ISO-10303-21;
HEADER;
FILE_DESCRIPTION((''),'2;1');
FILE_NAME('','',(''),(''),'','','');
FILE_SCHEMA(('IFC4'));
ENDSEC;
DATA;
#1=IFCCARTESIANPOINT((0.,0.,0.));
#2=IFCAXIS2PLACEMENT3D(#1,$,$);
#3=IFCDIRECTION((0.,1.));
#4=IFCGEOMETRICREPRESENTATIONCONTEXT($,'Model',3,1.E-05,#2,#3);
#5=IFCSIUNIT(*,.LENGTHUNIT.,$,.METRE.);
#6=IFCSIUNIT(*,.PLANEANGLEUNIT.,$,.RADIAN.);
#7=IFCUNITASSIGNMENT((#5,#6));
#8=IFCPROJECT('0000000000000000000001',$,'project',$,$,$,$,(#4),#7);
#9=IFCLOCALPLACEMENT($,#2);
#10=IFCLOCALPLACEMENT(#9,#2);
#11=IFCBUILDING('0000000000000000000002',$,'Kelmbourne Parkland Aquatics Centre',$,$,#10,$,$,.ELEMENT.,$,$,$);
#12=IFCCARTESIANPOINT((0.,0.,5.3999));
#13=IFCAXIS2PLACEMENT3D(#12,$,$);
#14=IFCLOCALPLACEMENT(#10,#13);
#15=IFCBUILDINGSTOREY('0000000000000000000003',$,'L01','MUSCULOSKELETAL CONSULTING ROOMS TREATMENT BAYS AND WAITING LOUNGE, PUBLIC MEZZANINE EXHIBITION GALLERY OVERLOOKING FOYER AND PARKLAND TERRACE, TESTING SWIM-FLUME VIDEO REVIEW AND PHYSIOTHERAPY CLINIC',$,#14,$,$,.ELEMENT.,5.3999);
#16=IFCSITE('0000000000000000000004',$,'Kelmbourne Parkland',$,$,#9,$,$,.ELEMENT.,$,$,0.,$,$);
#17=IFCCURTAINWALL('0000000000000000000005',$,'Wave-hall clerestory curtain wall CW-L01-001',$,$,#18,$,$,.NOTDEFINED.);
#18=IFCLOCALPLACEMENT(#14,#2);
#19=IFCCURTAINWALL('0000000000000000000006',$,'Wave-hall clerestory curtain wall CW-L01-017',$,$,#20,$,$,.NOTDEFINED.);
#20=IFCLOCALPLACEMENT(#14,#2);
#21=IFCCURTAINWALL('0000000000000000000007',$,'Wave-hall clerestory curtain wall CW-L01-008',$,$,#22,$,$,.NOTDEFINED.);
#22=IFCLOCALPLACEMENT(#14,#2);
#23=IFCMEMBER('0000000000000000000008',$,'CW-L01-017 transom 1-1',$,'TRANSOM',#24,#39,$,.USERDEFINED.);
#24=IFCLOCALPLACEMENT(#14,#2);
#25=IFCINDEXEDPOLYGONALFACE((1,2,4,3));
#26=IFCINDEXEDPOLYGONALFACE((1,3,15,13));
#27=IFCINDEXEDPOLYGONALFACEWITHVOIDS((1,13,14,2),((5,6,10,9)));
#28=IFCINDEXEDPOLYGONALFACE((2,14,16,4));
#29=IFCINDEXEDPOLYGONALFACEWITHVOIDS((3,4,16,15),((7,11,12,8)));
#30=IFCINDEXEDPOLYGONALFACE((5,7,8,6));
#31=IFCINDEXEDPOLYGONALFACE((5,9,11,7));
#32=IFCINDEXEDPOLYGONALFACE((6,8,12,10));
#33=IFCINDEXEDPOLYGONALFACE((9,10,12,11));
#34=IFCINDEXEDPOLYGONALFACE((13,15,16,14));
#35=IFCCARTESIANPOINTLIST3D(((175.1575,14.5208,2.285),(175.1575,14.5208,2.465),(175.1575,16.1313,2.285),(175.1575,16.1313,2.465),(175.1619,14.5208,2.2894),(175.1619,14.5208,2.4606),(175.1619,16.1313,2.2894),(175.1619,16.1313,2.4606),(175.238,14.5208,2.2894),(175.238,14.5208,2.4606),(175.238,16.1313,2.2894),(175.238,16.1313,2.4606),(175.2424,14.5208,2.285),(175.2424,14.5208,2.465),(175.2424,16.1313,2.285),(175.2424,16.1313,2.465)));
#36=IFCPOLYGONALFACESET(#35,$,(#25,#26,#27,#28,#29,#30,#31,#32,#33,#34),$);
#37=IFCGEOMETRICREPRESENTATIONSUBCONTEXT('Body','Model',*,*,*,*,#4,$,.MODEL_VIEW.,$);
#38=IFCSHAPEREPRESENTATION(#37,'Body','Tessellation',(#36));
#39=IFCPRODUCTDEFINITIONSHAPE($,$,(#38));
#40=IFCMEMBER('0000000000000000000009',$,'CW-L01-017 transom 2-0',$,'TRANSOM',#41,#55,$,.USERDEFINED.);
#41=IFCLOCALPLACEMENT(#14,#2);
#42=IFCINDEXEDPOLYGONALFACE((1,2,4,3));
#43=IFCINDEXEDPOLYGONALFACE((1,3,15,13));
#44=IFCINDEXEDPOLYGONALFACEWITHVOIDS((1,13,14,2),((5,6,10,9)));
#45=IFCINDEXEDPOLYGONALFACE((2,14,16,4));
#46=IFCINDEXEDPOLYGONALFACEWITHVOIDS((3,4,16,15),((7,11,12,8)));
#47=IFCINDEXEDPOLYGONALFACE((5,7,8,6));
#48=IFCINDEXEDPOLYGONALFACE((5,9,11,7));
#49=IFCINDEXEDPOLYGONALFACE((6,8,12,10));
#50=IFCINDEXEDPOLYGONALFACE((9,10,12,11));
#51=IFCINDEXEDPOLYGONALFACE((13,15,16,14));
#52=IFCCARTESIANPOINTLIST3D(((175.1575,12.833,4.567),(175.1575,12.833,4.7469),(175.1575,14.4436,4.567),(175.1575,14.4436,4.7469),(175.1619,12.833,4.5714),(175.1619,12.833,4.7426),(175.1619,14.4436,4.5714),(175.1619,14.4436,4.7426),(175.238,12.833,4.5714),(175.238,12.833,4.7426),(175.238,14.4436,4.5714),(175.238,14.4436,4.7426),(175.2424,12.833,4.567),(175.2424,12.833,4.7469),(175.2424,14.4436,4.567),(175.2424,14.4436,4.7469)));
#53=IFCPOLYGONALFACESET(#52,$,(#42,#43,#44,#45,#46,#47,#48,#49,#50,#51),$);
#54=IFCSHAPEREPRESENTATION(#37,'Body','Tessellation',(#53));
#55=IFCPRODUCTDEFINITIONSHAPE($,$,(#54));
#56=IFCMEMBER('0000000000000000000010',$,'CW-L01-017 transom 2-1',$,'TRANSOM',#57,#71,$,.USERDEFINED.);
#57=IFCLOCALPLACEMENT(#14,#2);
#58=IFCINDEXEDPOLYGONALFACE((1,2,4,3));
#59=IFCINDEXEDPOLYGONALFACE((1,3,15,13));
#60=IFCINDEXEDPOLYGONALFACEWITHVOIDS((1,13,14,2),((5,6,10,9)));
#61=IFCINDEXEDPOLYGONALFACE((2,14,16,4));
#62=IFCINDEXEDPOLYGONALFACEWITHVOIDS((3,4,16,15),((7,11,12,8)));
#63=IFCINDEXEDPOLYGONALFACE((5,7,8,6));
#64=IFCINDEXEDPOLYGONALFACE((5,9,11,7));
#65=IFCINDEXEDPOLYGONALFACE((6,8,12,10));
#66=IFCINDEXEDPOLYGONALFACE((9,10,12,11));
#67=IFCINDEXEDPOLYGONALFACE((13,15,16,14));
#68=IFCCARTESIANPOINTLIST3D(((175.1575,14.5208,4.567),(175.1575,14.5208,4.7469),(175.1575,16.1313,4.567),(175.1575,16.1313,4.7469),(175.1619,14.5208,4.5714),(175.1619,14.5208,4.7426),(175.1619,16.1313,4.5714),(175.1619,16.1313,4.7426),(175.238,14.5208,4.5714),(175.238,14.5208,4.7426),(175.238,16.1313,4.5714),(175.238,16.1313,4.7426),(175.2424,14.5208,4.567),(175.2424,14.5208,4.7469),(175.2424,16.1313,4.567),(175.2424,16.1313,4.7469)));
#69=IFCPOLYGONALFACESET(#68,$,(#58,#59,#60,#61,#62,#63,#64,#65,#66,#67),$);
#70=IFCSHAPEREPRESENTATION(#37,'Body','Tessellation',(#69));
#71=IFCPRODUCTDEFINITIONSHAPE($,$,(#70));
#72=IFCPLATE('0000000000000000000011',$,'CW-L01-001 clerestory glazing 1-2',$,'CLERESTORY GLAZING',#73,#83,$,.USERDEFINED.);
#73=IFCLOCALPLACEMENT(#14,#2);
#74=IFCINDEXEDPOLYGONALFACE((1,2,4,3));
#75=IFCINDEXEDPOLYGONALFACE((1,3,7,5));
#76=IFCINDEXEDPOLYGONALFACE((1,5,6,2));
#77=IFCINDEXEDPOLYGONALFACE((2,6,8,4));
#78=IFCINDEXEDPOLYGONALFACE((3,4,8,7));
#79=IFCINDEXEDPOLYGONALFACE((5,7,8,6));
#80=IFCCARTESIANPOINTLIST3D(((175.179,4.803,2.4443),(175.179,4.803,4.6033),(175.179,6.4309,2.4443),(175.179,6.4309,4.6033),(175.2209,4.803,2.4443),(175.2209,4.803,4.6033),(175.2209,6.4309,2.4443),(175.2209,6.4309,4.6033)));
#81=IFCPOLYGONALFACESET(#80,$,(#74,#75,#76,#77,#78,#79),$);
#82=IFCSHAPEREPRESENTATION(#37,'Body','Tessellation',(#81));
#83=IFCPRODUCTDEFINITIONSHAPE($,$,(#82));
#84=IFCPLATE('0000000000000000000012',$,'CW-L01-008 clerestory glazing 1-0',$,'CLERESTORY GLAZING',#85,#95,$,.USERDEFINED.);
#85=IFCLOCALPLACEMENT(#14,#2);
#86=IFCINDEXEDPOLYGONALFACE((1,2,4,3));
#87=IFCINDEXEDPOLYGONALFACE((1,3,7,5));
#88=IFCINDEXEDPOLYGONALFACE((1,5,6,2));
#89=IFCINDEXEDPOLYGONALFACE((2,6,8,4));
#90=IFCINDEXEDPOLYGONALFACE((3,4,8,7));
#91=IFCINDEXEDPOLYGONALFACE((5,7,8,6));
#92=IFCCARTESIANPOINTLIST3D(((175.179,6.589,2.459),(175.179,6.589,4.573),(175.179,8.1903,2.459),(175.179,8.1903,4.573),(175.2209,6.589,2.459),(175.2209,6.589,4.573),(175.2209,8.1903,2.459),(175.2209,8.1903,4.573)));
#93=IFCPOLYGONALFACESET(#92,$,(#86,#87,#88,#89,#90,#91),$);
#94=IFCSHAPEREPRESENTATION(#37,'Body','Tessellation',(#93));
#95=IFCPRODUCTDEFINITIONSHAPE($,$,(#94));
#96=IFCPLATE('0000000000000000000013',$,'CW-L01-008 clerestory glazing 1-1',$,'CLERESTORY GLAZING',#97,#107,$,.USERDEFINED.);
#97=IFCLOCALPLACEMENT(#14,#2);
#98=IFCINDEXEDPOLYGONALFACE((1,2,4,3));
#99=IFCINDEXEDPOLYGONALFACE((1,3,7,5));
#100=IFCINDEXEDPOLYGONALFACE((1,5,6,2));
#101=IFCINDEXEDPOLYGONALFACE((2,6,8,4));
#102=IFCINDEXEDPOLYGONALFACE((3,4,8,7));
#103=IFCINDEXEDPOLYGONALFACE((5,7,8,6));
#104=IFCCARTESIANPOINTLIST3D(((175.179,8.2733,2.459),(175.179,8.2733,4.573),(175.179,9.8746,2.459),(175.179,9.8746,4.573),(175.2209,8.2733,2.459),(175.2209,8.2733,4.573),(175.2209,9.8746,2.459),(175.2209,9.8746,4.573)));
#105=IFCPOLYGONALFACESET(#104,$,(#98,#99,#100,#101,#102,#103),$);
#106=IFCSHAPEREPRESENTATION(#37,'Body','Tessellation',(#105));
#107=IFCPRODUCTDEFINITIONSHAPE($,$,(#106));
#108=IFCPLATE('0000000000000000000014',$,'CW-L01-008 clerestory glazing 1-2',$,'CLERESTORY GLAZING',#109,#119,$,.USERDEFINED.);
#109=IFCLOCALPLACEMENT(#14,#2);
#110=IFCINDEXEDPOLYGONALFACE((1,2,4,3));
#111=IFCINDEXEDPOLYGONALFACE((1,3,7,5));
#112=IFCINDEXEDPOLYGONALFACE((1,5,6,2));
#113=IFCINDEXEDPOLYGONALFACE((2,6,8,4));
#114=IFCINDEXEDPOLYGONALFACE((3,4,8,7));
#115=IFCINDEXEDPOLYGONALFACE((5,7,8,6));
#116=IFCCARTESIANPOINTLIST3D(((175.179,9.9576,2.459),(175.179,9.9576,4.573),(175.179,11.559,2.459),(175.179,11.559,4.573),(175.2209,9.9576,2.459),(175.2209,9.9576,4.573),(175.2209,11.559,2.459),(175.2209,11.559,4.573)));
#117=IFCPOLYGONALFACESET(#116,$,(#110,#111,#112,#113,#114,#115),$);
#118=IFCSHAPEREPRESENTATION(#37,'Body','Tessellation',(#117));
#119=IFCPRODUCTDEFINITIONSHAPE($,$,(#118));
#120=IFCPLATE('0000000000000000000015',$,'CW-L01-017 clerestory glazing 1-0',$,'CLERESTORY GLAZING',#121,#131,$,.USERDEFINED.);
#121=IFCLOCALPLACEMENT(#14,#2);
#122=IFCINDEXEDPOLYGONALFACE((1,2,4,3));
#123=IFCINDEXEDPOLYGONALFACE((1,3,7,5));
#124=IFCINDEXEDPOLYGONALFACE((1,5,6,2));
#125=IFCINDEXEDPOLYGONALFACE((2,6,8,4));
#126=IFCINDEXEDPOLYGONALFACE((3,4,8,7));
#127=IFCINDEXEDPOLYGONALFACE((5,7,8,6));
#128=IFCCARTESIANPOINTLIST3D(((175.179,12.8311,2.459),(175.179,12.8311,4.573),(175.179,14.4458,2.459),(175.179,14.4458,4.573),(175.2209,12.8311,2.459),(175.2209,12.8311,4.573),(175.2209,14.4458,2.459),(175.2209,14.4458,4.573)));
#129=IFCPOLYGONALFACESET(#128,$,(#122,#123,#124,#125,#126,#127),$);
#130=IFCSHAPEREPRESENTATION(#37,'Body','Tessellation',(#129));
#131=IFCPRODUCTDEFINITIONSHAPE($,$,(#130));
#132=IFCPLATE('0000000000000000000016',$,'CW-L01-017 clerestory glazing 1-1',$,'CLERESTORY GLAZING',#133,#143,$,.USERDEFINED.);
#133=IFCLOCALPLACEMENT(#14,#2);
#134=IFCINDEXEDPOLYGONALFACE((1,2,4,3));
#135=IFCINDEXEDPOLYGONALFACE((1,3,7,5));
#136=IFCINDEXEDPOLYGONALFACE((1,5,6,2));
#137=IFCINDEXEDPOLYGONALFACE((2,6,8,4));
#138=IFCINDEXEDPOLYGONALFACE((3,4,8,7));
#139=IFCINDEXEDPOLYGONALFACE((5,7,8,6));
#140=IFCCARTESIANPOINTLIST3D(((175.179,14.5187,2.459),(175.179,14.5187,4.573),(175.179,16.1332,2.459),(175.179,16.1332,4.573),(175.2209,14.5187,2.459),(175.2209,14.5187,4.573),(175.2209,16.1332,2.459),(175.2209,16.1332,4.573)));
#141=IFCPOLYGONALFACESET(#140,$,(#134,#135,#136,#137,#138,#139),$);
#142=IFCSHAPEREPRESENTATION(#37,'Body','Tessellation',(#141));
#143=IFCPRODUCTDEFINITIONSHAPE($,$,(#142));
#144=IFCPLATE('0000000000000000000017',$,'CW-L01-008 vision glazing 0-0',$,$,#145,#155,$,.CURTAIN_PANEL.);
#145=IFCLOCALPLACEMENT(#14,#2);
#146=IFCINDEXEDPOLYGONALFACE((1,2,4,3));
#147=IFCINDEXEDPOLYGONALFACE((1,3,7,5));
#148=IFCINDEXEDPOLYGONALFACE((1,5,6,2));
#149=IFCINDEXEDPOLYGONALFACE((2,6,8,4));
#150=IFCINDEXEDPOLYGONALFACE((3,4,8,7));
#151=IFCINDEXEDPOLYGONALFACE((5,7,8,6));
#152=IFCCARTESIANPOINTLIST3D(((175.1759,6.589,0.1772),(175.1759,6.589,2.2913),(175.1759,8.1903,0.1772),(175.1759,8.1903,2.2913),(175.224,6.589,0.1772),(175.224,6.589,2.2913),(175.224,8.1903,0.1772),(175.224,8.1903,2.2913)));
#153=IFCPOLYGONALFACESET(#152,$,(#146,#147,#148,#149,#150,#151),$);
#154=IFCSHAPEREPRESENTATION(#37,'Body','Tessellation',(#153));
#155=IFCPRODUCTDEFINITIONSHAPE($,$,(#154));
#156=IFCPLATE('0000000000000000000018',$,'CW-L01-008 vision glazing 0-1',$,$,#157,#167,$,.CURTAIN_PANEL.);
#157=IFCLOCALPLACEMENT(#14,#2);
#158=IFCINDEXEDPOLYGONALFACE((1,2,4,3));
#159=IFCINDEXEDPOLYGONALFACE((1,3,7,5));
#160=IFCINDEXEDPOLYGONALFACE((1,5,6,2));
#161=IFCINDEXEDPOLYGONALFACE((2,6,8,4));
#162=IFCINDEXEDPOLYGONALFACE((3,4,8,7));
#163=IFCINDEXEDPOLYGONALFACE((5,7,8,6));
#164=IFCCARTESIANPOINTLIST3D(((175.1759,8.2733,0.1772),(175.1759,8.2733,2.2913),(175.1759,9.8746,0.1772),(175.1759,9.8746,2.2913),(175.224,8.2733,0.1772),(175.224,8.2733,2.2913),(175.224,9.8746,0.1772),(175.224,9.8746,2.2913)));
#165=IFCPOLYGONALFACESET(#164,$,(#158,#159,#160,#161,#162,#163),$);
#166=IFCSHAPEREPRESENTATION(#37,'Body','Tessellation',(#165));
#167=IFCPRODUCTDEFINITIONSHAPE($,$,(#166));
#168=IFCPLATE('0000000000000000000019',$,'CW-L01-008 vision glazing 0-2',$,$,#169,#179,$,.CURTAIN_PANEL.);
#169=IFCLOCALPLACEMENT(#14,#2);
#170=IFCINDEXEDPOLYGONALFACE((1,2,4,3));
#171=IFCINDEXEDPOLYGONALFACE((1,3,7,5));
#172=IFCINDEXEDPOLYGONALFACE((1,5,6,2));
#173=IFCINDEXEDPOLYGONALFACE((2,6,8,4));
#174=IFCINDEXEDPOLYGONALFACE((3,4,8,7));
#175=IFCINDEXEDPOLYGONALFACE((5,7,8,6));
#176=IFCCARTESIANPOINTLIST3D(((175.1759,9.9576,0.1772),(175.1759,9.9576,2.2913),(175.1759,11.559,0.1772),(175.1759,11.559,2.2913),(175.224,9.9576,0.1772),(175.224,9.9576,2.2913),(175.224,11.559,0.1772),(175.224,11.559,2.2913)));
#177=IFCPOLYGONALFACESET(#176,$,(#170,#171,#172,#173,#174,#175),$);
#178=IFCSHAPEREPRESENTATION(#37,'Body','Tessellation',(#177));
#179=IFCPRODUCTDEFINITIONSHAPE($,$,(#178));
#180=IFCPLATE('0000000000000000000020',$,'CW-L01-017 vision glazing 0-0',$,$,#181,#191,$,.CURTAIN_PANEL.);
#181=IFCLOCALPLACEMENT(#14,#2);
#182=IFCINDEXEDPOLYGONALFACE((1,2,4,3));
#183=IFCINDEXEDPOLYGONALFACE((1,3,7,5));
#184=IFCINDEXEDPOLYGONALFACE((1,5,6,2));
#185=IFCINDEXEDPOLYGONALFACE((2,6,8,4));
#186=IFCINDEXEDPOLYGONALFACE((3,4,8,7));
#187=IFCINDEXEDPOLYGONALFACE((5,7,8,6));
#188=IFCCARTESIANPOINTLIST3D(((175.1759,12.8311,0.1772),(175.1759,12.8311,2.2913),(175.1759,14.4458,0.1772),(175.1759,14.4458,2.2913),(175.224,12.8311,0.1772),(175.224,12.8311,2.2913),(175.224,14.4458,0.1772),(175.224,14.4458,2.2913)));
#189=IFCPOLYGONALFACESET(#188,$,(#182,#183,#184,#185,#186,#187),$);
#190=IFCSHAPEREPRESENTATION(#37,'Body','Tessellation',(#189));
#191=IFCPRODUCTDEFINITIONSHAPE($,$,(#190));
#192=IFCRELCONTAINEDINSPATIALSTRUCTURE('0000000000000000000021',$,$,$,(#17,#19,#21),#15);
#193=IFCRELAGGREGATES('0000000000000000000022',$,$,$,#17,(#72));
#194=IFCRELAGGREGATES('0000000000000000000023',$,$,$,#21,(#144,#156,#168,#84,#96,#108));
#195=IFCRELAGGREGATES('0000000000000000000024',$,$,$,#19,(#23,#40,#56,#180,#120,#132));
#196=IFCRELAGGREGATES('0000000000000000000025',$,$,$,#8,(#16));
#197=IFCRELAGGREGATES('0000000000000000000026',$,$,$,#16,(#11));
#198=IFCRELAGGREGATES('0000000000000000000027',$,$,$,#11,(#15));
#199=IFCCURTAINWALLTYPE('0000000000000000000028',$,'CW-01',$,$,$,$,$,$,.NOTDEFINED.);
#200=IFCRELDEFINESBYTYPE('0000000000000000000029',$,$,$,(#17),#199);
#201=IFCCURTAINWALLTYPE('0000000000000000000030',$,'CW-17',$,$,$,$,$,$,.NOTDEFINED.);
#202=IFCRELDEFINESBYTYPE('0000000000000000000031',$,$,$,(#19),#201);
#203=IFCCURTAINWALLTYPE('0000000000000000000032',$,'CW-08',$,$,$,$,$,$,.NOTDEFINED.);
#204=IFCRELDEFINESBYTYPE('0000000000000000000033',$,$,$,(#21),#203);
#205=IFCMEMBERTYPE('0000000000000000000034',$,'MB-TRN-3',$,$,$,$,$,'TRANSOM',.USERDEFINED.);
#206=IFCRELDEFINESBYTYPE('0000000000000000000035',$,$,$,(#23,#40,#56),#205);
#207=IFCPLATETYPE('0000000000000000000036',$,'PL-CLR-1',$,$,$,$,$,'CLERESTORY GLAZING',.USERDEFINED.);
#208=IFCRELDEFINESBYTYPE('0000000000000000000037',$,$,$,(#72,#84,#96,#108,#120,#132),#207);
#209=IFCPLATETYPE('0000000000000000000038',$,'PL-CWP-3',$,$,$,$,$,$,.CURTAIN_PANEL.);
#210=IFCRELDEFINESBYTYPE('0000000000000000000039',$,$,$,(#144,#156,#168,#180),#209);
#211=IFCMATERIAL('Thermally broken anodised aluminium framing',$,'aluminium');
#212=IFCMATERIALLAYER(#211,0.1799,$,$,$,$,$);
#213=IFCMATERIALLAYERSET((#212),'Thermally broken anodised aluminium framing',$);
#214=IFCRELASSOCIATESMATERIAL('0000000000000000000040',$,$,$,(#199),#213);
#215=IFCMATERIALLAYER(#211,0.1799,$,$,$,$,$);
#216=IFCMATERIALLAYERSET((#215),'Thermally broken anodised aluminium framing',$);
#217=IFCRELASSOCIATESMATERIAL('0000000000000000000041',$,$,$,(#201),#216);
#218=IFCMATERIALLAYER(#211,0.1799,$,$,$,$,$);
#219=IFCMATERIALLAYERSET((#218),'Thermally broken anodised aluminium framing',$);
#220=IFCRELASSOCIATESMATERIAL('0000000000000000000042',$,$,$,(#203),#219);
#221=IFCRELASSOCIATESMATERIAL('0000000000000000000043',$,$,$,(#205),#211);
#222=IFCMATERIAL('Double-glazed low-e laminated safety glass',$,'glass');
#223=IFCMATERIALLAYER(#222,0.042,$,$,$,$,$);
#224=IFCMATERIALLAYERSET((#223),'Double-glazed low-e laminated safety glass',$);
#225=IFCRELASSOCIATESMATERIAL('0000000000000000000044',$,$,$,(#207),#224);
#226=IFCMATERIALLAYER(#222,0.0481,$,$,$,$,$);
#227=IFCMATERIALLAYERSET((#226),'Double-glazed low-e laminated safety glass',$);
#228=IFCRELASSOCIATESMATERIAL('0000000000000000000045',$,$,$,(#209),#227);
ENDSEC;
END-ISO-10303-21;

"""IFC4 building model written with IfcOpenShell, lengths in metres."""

from ifc_helpers import new_model, si_unit, direction, frame, origin, origin_2d, place, context, subcontext, project, spatial, rectangle, hollow_rectangle, extrude, material, layer, layer_set, material_profile, profile_set, type_object, element, aggregate, save


model = new_model("IFC4")

# Units and contexts
model_context = context("Model", 3, precision=1e-05, world=origin(), true_north=direction((0.0, 1.0)))
body_context = subcontext(model_context, "Body", "Model", "MODEL_VIEW")
ifc_project = project(units=[si_unit("LENGTHUNIT", "METRE"), si_unit("PLANEANGLEUNIT", "RADIAN")], contexts=[model_context])

# Site, building, storey
site_placement = place(None, origin())
site = spatial("IfcSite", under=ifc_project, at=site_placement, Name="Kelmbourne Parkland", CompositionType="ELEMENT", RefElevation=0.0)
building_placement = place(site_placement, origin())
building = spatial("IfcBuilding", under=site, at=building_placement, Name="Kelmbourne Parkland Aquatics Centre", CompositionType="ELEMENT")
storey_placement = place(building_placement, frame((0.0, 0.0, 5.3999)))
storey = spatial("IfcBuildingStorey", under=building, at=storey_placement, Name="L01", Description="MUSCULOSKELETAL CONSULTING ROOMS TREATMENT BAYS AND WAITING LOUNGE, PUBLIC MEZZANINE EXHIBITION GALLERY OVERLOOKING FOYER AND PARKLAND TERRACE, TESTING SWIM-FLUME VIDEO REVIEW AND PHYSIOTHERAPY CLINIC", CompositionType="ELEMENT", Elevation=5.3999)

# Curtain wall
ifc_material_1 = material(Name="Thermally broken anodised aluminium framing", Category="aluminium")
ifc_layer_1 = layer(ifc_material_1, 0.1799)
ifc_layer_set_1 = layer_set([ifc_layer_1], Name="Thermally broken anodised aluminium framing")
curtain_wall_type_1 = type_object("IfcCurtainWallType", Name="CW-01", PredefinedType="NOTDEFINED", material=ifc_layer_set_1)
curtain_wall_1_placement = place(storey_placement, origin())
curtain_wall_1 = element("IfcCurtainWall", 1, at=curtain_wall_1_placement, inside=storey, type_object=curtain_wall_type_1, Name="Wave-hall clerestory curtain wall CW-L01-001", PredefinedType="NOTDEFINED")

# Curtain walls
ifc_layer_2 = layer(ifc_material_1, 0.1799)
ifc_layer_set_2 = layer_set([ifc_layer_2], Name="Thermally broken anodised aluminium framing")
curtain_wall_type_2 = type_object("IfcCurtainWallType", Name="CW-17", PredefinedType="NOTDEFINED", material=ifc_layer_set_2)
curtain_wall_2_placement = place(storey_placement, origin())
curtain_wall_2 = element("IfcCurtainWall", 2, at=curtain_wall_2_placement, inside=storey, type_object=curtain_wall_type_2, Name="Wave-hall clerestory curtain wall CW-L01-017", PredefinedType="NOTDEFINED")
ifc_layer_3 = layer(ifc_material_1, 0.1799)
ifc_layer_set_3 = layer_set([ifc_layer_3], Name="Thermally broken anodised aluminium framing")
curtain_wall_type_3 = type_object("IfcCurtainWallType", Name="CW-08", PredefinedType="NOTDEFINED", material=ifc_layer_set_3)
curtain_wall_3_placement = place(storey_placement, origin())
curtain_wall_3 = element("IfcCurtainWall", 3, at=curtain_wall_3_placement, inside=storey, type_object=curtain_wall_type_3, Name="Wave-hall clerestory curtain wall CW-L01-008", PredefinedType="NOTDEFINED")
ifc_material_profile_1 = material_profile(ifc_material_1, hollow_rectangle(XDim=0.085, YDim=0.1799, WallThickness=0.0044, at=origin_2d()), Name="CW-T 85x180")
ifc_profile_set_1 = profile_set([ifc_material_profile_1], Name="Thermally broken anodised aluminium framing")
member_type_1 = type_object("IfcMemberType", Name="MB-TRN-3", ElementType="TRANSOM", PredefinedType="USERDEFINED", material=ifc_profile_set_1)

# Members
member_1_placement = place(storey_placement, frame((175.2, 14.5208, 2.375), z_axis=(0.0, 1.0, 0.0), x_axis=(-1.0, 0.0, 0.0)))
member_1 = element("IfcMember", 4, at=member_1_placement, type_object=member_type_1, Name="CW-L01-017 transom 1-1", ObjectType="TRANSOM", PredefinedType="USERDEFINED", context=body_context, shape_type="SweptSolid", body=[
    extrude(hollow_rectangle(XDim=0.085, YDim=0.1799, WallThickness=0.0044, at=origin_2d()), origin(), (0.0, 0.0, 1.0), 1.6106),
])
member_2_placement = place(storey_placement, frame((175.2, 12.833, 4.657), z_axis=(0.0, 1.0, 0.0), x_axis=(-1.0, 0.0, 0.0)))
member_2 = element("IfcMember", 5, at=member_2_placement, type_object=member_type_1, Name="CW-L01-017 transom 2-0", ObjectType="TRANSOM", PredefinedType="USERDEFINED", context=body_context, shape_type="SweptSolid", body=[
    extrude(hollow_rectangle(XDim=0.085, YDim=0.1799, WallThickness=0.0044, at=origin_2d()), origin(), (0.0, 0.0, 1.0), 1.6106),
])
member_3_placement = place(storey_placement, frame((175.2, 14.5208, 4.657), z_axis=(0.0, 1.0, 0.0), x_axis=(-1.0, 0.0, 0.0)))
member_3 = element("IfcMember", 6, at=member_3_placement, type_object=member_type_1, Name="CW-L01-017 transom 2-1", ObjectType="TRANSOM", PredefinedType="USERDEFINED", context=body_context, shape_type="SweptSolid", body=[
    extrude(hollow_rectangle(XDim=0.085, YDim=0.1799, WallThickness=0.0044, at=origin_2d()), origin(), (0.0, 0.0, 1.0), 1.6106),
])

# Plates
ifc_material_2 = material(Name="Double-glazed low-e laminated safety glass", Category="glass")
ifc_layer_4 = layer(ifc_material_2, 0.042)
ifc_layer_set_4 = layer_set([ifc_layer_4], Name="Double-glazed low-e laminated safety glass")
plate_type_1 = type_object("IfcPlateType", Name="PL-CLR-1", ElementType="CLERESTORY GLAZING", PredefinedType="USERDEFINED", material=ifc_layer_set_4)
plate_1_placement = place(storey_placement, frame((175.2, 5.6169, 2.4443), z_axis=(0.0, 0.0, 1.0), x_axis=(0.0, 1.0, 0.0)))
plate_1 = element("IfcPlate", 7, at=plate_1_placement, type_object=plate_type_1, Name="CW-L01-001 clerestory glazing 1-2", ObjectType="CLERESTORY GLAZING", PredefinedType="USERDEFINED", context=body_context, shape_type="SweptSolid", body=[
    extrude(rectangle(XDim=1.6279, YDim=0.042, at=origin_2d()), origin(), (0.0, 0.0, 1.0), 2.1589),
])
aggregate(curtain_wall_1, [plate_1])
plate_2_placement = place(storey_placement, frame((175.2, 7.3896, 2.459), z_axis=(0.0, 0.0, 1.0), x_axis=(0.0, 1.0, 0.0)))
plate_2 = element("IfcPlate", 8, at=plate_2_placement, type_object=plate_type_1, Name="CW-L01-008 clerestory glazing 1-0", ObjectType="CLERESTORY GLAZING", PredefinedType="USERDEFINED", context=body_context, shape_type="SweptSolid", body=[
    extrude(rectangle(XDim=1.6013, YDim=0.042, at=origin_2d()), origin(), (0.0, 0.0, 1.0), 2.114),
])
plate_3_placement = place(storey_placement, frame((175.2, 9.074, 2.459), z_axis=(0.0, 0.0, 1.0), x_axis=(0.0, 1.0, 0.0)))
plate_3 = element("IfcPlate", 9, at=plate_3_placement, type_object=plate_type_1, Name="CW-L01-008 clerestory glazing 1-1", ObjectType="CLERESTORY GLAZING", PredefinedType="USERDEFINED", context=body_context, shape_type="SweptSolid", body=[
    extrude(rectangle(XDim=1.6013, YDim=0.042, at=origin_2d()), origin(), (0.0, 0.0, 1.0), 2.114),
])
plate_4_placement = place(storey_placement, frame((175.2, 10.7583, 2.459), z_axis=(0.0, 0.0, 1.0), x_axis=(0.0, 1.0, 0.0)))
plate_4 = element("IfcPlate", 10, at=plate_4_placement, type_object=plate_type_1, Name="CW-L01-008 clerestory glazing 1-2", ObjectType="CLERESTORY GLAZING", PredefinedType="USERDEFINED", context=body_context, shape_type="SweptSolid", body=[
    extrude(rectangle(XDim=1.6013, YDim=0.042, at=origin_2d()), origin(), (0.0, 0.0, 1.0), 2.114),
])
plate_5_placement = place(storey_placement, frame((175.2, 13.6384, 2.459), z_axis=(0.0, 0.0, 1.0), x_axis=(0.0, 1.0, 0.0)))
plate_5 = element("IfcPlate", 11, at=plate_5_placement, type_object=plate_type_1, Name="CW-L01-017 clerestory glazing 1-0", ObjectType="CLERESTORY GLAZING", PredefinedType="USERDEFINED", context=body_context, shape_type="SweptSolid", body=[
    extrude(rectangle(XDim=1.6147, YDim=0.042, at=origin_2d()), origin(), (0.0, 0.0, 1.0), 2.114),
])
plate_6_placement = place(storey_placement, frame((175.2, 15.3259, 2.459), z_axis=(0.0, 0.0, 1.0), x_axis=(0.0, 1.0, 0.0)))
plate_6 = element("IfcPlate", 12, at=plate_6_placement, type_object=plate_type_1, Name="CW-L01-017 clerestory glazing 1-1", ObjectType="CLERESTORY GLAZING", PredefinedType="USERDEFINED", context=body_context, shape_type="SweptSolid", body=[
    extrude(rectangle(XDim=1.6145, YDim=0.042, at=origin_2d()), origin(), (0.0, 0.0, 1.0), 2.114),
])
ifc_layer_5 = layer(ifc_material_2, 0.0481)
ifc_layer_set_5 = layer_set([ifc_layer_5], Name="Double-glazed low-e laminated safety glass")
plate_type_2 = type_object("IfcPlateType", Name="PL-CWP-3", PredefinedType="CURTAIN_PANEL", material=ifc_layer_set_5)
plate_7_placement = place(storey_placement, frame((175.2, 7.3896, 0.1772), z_axis=(0.0, 0.0, 1.0), x_axis=(0.0, 1.0, 0.0)))
plate_7 = element("IfcPlate", 13, at=plate_7_placement, type_object=plate_type_2, Name="CW-L01-008 vision glazing 0-0", PredefinedType="CURTAIN_PANEL", context=body_context, shape_type="SweptSolid", body=[
    extrude(rectangle(XDim=1.6013, YDim=0.0481, at=origin_2d()), origin(), (0.0, 0.0, 1.0), 2.114),
])
plate_8_placement = place(storey_placement, frame((175.2, 9.074, 0.1772), z_axis=(0.0, 0.0, 1.0), x_axis=(0.0, 1.0, 0.0)))
plate_8 = element("IfcPlate", 14, at=plate_8_placement, type_object=plate_type_2, Name="CW-L01-008 vision glazing 0-1", PredefinedType="CURTAIN_PANEL", context=body_context, shape_type="SweptSolid", body=[
    extrude(rectangle(XDim=1.6013, YDim=0.0481, at=origin_2d()), origin(), (0.0, 0.0, 1.0), 2.114),
])
plate_9_placement = place(storey_placement, frame((175.2, 10.7583, 0.1772), z_axis=(0.0, 0.0, 1.0), x_axis=(0.0, 1.0, 0.0)))
plate_9 = element("IfcPlate", 15, at=plate_9_placement, type_object=plate_type_2, Name="CW-L01-008 vision glazing 0-2", PredefinedType="CURTAIN_PANEL", context=body_context, shape_type="SweptSolid", body=[
    extrude(rectangle(XDim=1.6013, YDim=0.0481, at=origin_2d()), origin(), (0.0, 0.0, 1.0), 2.114),
])
aggregate(curtain_wall_3, [plate_7, plate_8, plate_9, plate_2, plate_3, plate_4])
plate_10_placement = place(storey_placement, frame((175.2, 13.6384, 0.1772), z_axis=(0.0, 0.0, 1.0), x_axis=(0.0, 1.0, 0.0)))
plate_10 = element("IfcPlate", 16, at=plate_10_placement, type_object=plate_type_2, Name="CW-L01-017 vision glazing 0-0", PredefinedType="CURTAIN_PANEL", context=body_context, shape_type="SweptSolid", body=[
    extrude(rectangle(XDim=1.6147, YDim=0.0481, at=origin_2d()), origin(), (0.0, 0.0, 1.0), 2.114),
])
aggregate(curtain_wall_2, [member_1, member_2, member_3, plate_10, plate_5, plate_6])

save(model, "model.ifc")
